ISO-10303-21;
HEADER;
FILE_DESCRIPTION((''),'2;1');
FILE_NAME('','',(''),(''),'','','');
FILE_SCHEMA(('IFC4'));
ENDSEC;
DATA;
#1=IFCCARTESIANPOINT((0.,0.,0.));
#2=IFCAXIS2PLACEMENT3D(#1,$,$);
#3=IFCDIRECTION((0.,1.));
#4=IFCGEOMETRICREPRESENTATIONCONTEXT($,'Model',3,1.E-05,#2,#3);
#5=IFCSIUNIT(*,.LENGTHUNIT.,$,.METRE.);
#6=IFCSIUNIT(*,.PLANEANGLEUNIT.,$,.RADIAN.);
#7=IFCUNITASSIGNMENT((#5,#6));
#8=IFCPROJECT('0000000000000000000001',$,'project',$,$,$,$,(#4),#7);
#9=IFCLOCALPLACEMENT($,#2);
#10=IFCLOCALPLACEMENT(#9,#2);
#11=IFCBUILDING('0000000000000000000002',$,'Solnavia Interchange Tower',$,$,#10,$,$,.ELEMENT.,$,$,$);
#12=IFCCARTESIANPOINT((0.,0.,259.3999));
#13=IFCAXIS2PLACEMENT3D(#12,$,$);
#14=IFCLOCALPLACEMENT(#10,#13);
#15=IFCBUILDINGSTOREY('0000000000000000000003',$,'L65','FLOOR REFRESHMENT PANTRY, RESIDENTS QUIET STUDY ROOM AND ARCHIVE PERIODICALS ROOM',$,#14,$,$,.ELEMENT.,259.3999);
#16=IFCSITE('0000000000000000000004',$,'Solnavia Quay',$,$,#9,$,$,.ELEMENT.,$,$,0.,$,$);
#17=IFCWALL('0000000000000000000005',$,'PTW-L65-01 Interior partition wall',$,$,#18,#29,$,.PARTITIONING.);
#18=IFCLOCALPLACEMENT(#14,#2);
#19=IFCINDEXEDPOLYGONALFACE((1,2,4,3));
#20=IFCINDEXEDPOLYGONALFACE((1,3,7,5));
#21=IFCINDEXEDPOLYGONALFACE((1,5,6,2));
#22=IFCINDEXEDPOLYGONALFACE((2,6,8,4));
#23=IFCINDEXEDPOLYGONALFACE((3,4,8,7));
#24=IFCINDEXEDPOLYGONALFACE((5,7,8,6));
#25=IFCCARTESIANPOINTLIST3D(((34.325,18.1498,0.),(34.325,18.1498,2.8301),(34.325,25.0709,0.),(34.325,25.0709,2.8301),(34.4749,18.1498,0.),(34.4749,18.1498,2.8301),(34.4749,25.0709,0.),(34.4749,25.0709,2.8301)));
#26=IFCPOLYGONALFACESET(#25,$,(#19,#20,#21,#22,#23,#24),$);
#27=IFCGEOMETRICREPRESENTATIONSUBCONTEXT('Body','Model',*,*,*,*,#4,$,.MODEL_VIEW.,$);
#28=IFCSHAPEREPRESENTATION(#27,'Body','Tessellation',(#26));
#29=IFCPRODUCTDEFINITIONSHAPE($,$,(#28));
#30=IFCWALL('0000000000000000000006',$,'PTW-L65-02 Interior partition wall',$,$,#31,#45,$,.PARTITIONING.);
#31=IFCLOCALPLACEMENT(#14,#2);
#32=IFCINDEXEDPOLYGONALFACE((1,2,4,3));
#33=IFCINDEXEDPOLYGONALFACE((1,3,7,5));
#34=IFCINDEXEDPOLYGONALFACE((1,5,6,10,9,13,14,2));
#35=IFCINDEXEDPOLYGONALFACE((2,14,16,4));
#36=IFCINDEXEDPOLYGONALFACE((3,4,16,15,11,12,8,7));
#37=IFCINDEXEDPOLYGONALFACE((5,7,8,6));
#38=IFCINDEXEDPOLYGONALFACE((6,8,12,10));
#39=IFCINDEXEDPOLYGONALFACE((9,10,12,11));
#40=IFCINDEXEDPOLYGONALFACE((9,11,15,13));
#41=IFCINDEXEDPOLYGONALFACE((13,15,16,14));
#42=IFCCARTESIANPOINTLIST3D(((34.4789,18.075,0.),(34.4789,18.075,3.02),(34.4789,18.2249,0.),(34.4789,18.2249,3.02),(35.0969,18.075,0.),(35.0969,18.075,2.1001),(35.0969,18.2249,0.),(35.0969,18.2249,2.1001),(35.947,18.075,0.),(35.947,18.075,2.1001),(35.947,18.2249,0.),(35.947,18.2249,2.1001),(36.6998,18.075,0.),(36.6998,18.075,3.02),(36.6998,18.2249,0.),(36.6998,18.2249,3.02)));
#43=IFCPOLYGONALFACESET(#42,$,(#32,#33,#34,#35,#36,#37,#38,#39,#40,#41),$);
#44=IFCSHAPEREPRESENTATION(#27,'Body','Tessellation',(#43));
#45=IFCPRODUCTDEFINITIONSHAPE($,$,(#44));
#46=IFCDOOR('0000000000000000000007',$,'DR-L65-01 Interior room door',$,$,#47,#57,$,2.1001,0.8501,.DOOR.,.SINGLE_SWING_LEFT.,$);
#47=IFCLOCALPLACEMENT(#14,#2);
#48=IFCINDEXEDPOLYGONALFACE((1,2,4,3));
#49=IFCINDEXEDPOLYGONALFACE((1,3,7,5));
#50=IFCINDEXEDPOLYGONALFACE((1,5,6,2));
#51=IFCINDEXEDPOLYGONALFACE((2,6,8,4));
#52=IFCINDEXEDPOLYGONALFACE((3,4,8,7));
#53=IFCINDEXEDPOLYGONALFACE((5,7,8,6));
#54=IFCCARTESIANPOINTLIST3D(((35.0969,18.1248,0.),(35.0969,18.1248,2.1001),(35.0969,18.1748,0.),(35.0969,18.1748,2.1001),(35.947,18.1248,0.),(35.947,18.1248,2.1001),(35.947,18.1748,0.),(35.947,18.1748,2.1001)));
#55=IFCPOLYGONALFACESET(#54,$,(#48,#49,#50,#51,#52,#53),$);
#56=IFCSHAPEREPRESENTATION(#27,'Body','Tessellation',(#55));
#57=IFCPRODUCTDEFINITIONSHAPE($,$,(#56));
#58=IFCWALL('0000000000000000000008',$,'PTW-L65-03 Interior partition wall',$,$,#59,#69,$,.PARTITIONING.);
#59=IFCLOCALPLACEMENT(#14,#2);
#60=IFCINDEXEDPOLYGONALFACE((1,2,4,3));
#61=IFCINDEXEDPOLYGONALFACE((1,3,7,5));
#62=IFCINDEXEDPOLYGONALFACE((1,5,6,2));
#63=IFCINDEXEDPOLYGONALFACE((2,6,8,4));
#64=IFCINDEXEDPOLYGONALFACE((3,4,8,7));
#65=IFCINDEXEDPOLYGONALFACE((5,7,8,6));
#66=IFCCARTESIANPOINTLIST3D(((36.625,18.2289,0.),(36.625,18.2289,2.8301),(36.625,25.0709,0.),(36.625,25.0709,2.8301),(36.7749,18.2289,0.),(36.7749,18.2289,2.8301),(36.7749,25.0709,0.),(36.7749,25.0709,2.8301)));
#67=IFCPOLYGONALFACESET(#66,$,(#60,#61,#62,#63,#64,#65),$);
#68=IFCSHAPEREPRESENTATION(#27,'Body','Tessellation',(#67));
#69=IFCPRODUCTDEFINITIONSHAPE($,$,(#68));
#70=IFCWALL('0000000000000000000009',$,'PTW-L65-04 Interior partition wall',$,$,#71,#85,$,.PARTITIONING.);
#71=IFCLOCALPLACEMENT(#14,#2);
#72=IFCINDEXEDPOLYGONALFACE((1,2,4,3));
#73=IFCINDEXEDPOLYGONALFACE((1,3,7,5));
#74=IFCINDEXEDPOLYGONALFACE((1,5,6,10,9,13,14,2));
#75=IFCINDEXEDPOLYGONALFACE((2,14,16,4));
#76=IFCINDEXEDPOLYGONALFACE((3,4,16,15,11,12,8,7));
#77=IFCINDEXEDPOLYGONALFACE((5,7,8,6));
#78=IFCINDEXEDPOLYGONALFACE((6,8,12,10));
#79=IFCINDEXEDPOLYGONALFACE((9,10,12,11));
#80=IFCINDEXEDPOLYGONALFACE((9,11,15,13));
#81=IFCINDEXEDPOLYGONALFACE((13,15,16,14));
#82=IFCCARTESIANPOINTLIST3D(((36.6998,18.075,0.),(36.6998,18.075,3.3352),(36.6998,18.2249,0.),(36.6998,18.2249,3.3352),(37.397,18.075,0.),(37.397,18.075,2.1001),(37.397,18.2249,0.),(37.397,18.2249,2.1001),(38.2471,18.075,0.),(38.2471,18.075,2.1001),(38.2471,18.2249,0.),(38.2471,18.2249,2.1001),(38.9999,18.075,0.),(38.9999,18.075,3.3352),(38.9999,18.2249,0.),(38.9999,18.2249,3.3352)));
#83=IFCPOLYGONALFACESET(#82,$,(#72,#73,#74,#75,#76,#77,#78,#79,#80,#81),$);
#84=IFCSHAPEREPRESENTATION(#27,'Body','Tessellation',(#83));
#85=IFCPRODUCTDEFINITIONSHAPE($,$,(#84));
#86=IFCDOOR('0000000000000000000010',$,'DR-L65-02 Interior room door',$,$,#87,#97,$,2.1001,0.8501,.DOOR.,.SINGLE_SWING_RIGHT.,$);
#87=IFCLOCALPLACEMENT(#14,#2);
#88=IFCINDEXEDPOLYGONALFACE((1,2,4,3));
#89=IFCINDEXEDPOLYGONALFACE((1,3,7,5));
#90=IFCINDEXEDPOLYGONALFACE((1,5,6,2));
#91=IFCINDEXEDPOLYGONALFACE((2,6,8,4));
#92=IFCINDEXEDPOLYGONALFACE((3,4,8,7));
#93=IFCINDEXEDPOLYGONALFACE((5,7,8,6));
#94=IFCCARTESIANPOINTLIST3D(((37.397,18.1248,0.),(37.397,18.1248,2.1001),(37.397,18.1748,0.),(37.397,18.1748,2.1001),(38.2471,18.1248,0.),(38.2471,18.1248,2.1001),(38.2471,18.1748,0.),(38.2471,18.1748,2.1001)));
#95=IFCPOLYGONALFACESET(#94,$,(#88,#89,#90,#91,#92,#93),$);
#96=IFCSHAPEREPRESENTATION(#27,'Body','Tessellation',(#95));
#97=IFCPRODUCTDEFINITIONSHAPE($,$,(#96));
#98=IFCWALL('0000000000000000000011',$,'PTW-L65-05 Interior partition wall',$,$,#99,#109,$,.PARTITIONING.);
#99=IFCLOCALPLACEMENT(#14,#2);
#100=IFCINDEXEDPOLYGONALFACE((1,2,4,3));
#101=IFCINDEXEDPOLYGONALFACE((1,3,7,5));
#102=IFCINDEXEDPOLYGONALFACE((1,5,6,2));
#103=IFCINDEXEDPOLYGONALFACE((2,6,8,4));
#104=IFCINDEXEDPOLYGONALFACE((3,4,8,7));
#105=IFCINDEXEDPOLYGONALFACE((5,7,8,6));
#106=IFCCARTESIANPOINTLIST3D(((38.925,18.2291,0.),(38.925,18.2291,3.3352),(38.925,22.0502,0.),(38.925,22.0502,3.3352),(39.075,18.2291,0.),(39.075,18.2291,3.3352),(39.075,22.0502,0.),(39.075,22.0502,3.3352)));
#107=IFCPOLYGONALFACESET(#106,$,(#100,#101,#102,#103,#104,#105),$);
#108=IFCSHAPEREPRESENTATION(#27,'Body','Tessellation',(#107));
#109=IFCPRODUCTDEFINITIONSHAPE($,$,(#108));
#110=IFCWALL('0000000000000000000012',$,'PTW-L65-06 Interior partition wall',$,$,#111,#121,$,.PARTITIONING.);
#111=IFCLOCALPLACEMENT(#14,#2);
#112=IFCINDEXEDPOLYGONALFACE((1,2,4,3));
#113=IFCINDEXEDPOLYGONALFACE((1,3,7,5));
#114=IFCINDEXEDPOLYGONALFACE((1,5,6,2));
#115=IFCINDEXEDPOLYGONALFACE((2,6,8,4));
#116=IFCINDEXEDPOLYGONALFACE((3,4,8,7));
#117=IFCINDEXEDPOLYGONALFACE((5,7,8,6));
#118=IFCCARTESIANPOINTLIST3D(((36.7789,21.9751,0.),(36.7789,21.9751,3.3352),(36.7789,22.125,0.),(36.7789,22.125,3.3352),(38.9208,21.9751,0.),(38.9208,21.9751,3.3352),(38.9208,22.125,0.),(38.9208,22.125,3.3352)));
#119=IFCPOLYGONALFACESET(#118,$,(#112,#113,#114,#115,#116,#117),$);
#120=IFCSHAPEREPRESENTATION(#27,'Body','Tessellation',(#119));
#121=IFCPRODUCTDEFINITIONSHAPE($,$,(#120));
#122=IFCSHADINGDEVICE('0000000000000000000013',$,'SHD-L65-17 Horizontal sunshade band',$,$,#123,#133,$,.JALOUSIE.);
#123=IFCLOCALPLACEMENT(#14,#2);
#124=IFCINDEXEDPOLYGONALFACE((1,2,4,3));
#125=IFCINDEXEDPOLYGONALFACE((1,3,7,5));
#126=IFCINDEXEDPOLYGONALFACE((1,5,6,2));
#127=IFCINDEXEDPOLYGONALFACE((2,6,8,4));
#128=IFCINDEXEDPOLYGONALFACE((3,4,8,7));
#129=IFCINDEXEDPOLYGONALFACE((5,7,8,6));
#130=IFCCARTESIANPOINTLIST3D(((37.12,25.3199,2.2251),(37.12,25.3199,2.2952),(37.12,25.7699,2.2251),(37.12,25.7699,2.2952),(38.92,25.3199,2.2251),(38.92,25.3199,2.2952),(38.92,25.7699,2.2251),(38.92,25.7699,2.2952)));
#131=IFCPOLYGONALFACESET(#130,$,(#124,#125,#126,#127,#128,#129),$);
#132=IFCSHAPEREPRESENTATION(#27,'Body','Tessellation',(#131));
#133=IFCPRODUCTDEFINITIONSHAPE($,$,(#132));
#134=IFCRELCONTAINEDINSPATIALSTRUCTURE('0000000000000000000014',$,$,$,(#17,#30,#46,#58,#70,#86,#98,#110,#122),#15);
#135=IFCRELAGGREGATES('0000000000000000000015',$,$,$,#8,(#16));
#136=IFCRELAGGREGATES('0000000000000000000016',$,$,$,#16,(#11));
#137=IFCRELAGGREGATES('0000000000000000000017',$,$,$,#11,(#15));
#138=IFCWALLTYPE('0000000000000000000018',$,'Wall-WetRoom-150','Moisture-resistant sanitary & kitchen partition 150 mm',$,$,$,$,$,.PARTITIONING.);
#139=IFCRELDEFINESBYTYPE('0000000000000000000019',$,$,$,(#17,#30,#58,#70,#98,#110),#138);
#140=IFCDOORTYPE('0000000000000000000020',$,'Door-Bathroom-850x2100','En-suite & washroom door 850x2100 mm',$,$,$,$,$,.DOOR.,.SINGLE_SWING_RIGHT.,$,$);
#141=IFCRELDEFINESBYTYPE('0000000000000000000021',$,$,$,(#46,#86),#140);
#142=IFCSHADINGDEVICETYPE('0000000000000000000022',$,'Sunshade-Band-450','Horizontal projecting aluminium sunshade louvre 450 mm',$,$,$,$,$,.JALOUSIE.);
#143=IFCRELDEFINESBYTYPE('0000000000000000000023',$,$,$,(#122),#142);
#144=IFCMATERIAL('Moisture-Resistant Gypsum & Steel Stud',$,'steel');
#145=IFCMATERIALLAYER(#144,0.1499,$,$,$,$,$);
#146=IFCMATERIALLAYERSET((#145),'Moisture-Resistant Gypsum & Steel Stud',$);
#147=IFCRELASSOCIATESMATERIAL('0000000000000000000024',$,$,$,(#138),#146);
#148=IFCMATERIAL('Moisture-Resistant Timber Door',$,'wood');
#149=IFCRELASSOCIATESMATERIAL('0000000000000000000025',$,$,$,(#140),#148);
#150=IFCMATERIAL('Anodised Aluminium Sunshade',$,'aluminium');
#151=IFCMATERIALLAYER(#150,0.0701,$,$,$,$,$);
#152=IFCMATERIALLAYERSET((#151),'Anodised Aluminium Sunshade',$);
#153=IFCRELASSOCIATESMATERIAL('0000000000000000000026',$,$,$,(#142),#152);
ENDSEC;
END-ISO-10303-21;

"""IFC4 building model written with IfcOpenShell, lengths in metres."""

from ifc_helpers import new_model, si_unit, direction, frame, frame_2d, origin, origin_2d, place, context, subcontext, project, spatial, rectangle, extrude, material, layer, layer_set, type_object, element, fill, save


model = new_model("IFC4")

# Units and contexts
model_context = context("Model", 3, precision=1e-05, world=origin(), true_north=direction((0.0, 1.0)))
body_context = subcontext(model_context, "Body", "Model", "MODEL_VIEW")
ifc_project = project(units=[si_unit("LENGTHUNIT", "METRE"), si_unit("PLANEANGLEUNIT", "RADIAN")], contexts=[model_context])

# Site, building, storey
site_placement = place(None, origin())
site = spatial("IfcSite", under=ifc_project, at=site_placement, Name="Solnavia Quay", CompositionType="ELEMENT", RefElevation=0.0)
building_placement = place(site_placement, origin())
building = spatial("IfcBuilding", under=site, at=building_placement, Name="Solnavia Interchange Tower", CompositionType="ELEMENT")
storey_placement = place(building_placement, frame((0.0, 0.0, 259.3999)))
storey = spatial("IfcBuildingStorey", under=building, at=storey_placement, Name="L65", Description="FLOOR REFRESHMENT PANTRY, RESIDENTS QUIET STUDY ROOM AND ARCHIVE PERIODICALS ROOM", CompositionType="ELEMENT", Elevation=259.3999)

# Wall
ifc_material_1 = material(Name="Moisture-Resistant Gypsum & Steel Stud", Category="steel")
ifc_layer_1 = layer(ifc_material_1, 0.1499)
ifc_layer_set_1 = layer_set([ifc_layer_1], Name="Moisture-Resistant Gypsum & Steel Stud")
wall_type_1 = type_object("IfcWallType", Name="Wall-WetRoom-150", Description="Moisture-resistant sanitary & kitchen partition 150 mm", PredefinedType="PARTITIONING", material=ifc_layer_set_1)
wall_1_placement = place(storey_placement, frame((34.3999, 18.1499, 0.0), z_axis=(0.0, 0.0, 1.0), x_axis=(0.0, 1.0, 0.0)))
element("IfcWall", 1, at=wall_1_placement, inside=storey, type_object=wall_type_1, Name="PTW-L65-01 Interior partition wall", PredefinedType="PARTITIONING", context=body_context, shape_type="SweptSolid", body=[
    extrude(rectangle(XDim=6.9211, YDim=0.1499, at=frame_2d((3.4604, 0.0))), origin(), (0.0, 0.0, 1.0), 2.8301),
])

# Wall, opening, door
wall_2_placement = place(storey_placement, frame((34.479, 18.1499, 0.0), z_axis=(0.0, 0.0, 1.0), x_axis=(1.0, 0.0, 0.0)))
wall_2 = element("IfcWall", 2, at=wall_2_placement, inside=storey, type_object=wall_type_1, Name="PTW-L65-02 Interior partition wall", PredefinedType="PARTITIONING", context=body_context, shape_type="SweptSolid", body=[
    extrude(rectangle(XDim=2.2209, YDim=0.1499, at=frame_2d((1.1104, 0.0))), origin(), (0.0, 0.0, 1.0), 3.02),
])
opening_1_placement = place(wall_2_placement, frame((0.6179, 0.0, 0.0)))
opening_1 = element("IfcOpeningElement", 3, at=opening_1_placement, cuts=wall_2, PredefinedType="OPENING", context=body_context, shape_type="SweptSolid", body=[
    extrude(rectangle(XDim=0.8501, YDim=2.1001, at=frame_2d((0.425, 1.05))), frame((0.0, 0.085, 0.0), z_axis=(0.0, -1.0, 0.0), x_axis=(1.0, 0.0, 0.0)), (0.0, 0.0, 1.0), 0.1699),
])
ifc_material_2 = material(Name="Moisture-Resistant Timber Door", Category="wood")
door_type_1 = type_object("IfcDoorType", Name="Door-Bathroom-850x2100", Description="En-suite & washroom door 850x2100 mm", OperationType="SINGLE_SWING_RIGHT", PredefinedType="DOOR", material=ifc_material_2)
door_1_placement = place(opening_1_placement, origin())
door_1 = element("IfcDoor", 4, at=door_1_placement, inside=storey, type_object=door_type_1, Name="DR-L65-01 Interior room door", OperationType="SINGLE_SWING_LEFT", OverallHeight=2.1001, OverallWidth=0.8501, PredefinedType="DOOR", context=body_context, shape_type="SweptSolid", body=[
    extrude(rectangle(XDim=0.8501, YDim=2.1001, at=frame_2d((0.425, 1.05))), frame((0.0, 0.0249, 0.0), z_axis=(0.0, -1.0, 0.0), x_axis=(1.0, 0.0, 0.0)), (0.0, 0.0, 1.0), 0.05),
])
fill(opening_1, door_1)

# Wall
wall_3_placement = place(storey_placement, frame((36.7, 18.229, 0.0), z_axis=(0.0, 0.0, 1.0), x_axis=(0.0, 1.0, 0.0)))
element("IfcWall", 5, at=wall_3_placement, inside=storey, type_object=wall_type_1, Name="PTW-L65-03 Interior partition wall", PredefinedType="PARTITIONING", context=body_context, shape_type="SweptSolid", body=[
    extrude(rectangle(XDim=6.842, YDim=0.1499, at=frame_2d((3.4209, 0.0))), origin(), (0.0, 0.0, 1.0), 2.8301),
])

# Wall, opening, door
wall_4_placement = place(storey_placement, frame((36.7, 18.1499, 0.0), z_axis=(0.0, 0.0, 1.0), x_axis=(1.0, 0.0, 0.0)))
wall_4 = element("IfcWall", 6, at=wall_4_placement, inside=storey, type_object=wall_type_1, Name="PTW-L65-04 Interior partition wall", PredefinedType="PARTITIONING", context=body_context, shape_type="SweptSolid", body=[
    extrude(rectangle(XDim=2.3, YDim=0.1499, at=frame_2d((1.1499, 0.0))), origin(), (0.0, 0.0, 1.0), 3.3352),
])
opening_2_placement = place(wall_4_placement, frame((0.697, 0.0, 0.0)))
opening_2 = element("IfcOpeningElement", 7, at=opening_2_placement, cuts=wall_4, PredefinedType="OPENING", context=body_context, shape_type="SweptSolid", body=[
    extrude(rectangle(XDim=0.8501, YDim=2.1001, at=frame_2d((0.425, 1.05))), frame((0.0, 0.085, 0.0), z_axis=(0.0, -1.0, 0.0), x_axis=(1.0, 0.0, 0.0)), (0.0, 0.0, 1.0), 0.1699),
])
door_2_placement = place(opening_2_placement, origin())
door_2 = element("IfcDoor", 8, at=door_2_placement, inside=storey, type_object=door_type_1, Name="DR-L65-02 Interior room door", OperationType="SINGLE_SWING_RIGHT", OverallHeight=2.1001, OverallWidth=0.8501, PredefinedType="DOOR", context=body_context, shape_type="SweptSolid", body=[
    extrude(rectangle(XDim=0.8501, YDim=2.1001, at=frame_2d((0.425, 1.05))), frame((0.0, 0.0249, 0.0), z_axis=(0.0, -1.0, 0.0), x_axis=(1.0, 0.0, 0.0)), (0.0, 0.0, 1.0), 0.05),
])
fill(opening_2, door_2)

# Walls
wall_5_placement = place(storey_placement, frame((39.0, 18.229, 0.0), z_axis=(0.0, 0.0, 1.0), x_axis=(0.0, 1.0, 0.0)))
element("IfcWall", 9, at=wall_5_placement, inside=storey, type_object=wall_type_1, Name="PTW-L65-05 Interior partition wall", PredefinedType="PARTITIONING", context=body_context, shape_type="SweptSolid", body=[
    extrude(rectangle(XDim=3.821, YDim=0.1499, at=frame_2d((1.9106, 0.0))), origin(), (0.0, 0.0, 1.0), 3.3352),
])
wall_6_placement = place(storey_placement, frame((36.7791, 22.05, 0.0), z_axis=(0.0, 0.0, 1.0), x_axis=(1.0, 0.0, 0.0)))
element("IfcWall", 10, at=wall_6_placement, inside=storey, type_object=wall_type_1, Name="PTW-L65-06 Interior partition wall", PredefinedType="PARTITIONING", context=body_context, shape_type="SweptSolid", body=[
    extrude(rectangle(XDim=2.1418, YDim=0.1499, at=frame_2d((1.0708, 0.0))), origin(), (0.0, 0.0, 1.0), 3.3352),
])

# Shading device
ifc_material_3 = material(Name="Anodised Aluminium Sunshade", Category="aluminium")
ifc_layer_2 = layer(ifc_material_3, 0.0701)
ifc_layer_set_2 = layer_set([ifc_layer_2], Name="Anodised Aluminium Sunshade")
shading_device_type = type_object("IfcShadingDeviceType", Name="Sunshade-Band-450", Description="Horizontal projecting aluminium sunshade louvre 450 mm", PredefinedType="JALOUSIE", material=ifc_layer_set_2)
shading_device_placement = place(storey_placement, frame((38.02, 25.5449, 2.2251), z_axis=(0.0, 0.0, 1.0), x_axis=(1.0, 0.0, 0.0)))
element("IfcShadingDevice", 11, at=shading_device_placement, inside=storey, type_object=shading_device_type, Name="SHD-L65-17 Horizontal sunshade band", PredefinedType="JALOUSIE", context=body_context, shape_type="SweptSolid", body=[
    extrude(rectangle(XDim=1.8, YDim=0.45, at=origin_2d()), origin(), (0.0, 0.0, 1.0), 0.0701),
])

save(model, "model.ifc")
